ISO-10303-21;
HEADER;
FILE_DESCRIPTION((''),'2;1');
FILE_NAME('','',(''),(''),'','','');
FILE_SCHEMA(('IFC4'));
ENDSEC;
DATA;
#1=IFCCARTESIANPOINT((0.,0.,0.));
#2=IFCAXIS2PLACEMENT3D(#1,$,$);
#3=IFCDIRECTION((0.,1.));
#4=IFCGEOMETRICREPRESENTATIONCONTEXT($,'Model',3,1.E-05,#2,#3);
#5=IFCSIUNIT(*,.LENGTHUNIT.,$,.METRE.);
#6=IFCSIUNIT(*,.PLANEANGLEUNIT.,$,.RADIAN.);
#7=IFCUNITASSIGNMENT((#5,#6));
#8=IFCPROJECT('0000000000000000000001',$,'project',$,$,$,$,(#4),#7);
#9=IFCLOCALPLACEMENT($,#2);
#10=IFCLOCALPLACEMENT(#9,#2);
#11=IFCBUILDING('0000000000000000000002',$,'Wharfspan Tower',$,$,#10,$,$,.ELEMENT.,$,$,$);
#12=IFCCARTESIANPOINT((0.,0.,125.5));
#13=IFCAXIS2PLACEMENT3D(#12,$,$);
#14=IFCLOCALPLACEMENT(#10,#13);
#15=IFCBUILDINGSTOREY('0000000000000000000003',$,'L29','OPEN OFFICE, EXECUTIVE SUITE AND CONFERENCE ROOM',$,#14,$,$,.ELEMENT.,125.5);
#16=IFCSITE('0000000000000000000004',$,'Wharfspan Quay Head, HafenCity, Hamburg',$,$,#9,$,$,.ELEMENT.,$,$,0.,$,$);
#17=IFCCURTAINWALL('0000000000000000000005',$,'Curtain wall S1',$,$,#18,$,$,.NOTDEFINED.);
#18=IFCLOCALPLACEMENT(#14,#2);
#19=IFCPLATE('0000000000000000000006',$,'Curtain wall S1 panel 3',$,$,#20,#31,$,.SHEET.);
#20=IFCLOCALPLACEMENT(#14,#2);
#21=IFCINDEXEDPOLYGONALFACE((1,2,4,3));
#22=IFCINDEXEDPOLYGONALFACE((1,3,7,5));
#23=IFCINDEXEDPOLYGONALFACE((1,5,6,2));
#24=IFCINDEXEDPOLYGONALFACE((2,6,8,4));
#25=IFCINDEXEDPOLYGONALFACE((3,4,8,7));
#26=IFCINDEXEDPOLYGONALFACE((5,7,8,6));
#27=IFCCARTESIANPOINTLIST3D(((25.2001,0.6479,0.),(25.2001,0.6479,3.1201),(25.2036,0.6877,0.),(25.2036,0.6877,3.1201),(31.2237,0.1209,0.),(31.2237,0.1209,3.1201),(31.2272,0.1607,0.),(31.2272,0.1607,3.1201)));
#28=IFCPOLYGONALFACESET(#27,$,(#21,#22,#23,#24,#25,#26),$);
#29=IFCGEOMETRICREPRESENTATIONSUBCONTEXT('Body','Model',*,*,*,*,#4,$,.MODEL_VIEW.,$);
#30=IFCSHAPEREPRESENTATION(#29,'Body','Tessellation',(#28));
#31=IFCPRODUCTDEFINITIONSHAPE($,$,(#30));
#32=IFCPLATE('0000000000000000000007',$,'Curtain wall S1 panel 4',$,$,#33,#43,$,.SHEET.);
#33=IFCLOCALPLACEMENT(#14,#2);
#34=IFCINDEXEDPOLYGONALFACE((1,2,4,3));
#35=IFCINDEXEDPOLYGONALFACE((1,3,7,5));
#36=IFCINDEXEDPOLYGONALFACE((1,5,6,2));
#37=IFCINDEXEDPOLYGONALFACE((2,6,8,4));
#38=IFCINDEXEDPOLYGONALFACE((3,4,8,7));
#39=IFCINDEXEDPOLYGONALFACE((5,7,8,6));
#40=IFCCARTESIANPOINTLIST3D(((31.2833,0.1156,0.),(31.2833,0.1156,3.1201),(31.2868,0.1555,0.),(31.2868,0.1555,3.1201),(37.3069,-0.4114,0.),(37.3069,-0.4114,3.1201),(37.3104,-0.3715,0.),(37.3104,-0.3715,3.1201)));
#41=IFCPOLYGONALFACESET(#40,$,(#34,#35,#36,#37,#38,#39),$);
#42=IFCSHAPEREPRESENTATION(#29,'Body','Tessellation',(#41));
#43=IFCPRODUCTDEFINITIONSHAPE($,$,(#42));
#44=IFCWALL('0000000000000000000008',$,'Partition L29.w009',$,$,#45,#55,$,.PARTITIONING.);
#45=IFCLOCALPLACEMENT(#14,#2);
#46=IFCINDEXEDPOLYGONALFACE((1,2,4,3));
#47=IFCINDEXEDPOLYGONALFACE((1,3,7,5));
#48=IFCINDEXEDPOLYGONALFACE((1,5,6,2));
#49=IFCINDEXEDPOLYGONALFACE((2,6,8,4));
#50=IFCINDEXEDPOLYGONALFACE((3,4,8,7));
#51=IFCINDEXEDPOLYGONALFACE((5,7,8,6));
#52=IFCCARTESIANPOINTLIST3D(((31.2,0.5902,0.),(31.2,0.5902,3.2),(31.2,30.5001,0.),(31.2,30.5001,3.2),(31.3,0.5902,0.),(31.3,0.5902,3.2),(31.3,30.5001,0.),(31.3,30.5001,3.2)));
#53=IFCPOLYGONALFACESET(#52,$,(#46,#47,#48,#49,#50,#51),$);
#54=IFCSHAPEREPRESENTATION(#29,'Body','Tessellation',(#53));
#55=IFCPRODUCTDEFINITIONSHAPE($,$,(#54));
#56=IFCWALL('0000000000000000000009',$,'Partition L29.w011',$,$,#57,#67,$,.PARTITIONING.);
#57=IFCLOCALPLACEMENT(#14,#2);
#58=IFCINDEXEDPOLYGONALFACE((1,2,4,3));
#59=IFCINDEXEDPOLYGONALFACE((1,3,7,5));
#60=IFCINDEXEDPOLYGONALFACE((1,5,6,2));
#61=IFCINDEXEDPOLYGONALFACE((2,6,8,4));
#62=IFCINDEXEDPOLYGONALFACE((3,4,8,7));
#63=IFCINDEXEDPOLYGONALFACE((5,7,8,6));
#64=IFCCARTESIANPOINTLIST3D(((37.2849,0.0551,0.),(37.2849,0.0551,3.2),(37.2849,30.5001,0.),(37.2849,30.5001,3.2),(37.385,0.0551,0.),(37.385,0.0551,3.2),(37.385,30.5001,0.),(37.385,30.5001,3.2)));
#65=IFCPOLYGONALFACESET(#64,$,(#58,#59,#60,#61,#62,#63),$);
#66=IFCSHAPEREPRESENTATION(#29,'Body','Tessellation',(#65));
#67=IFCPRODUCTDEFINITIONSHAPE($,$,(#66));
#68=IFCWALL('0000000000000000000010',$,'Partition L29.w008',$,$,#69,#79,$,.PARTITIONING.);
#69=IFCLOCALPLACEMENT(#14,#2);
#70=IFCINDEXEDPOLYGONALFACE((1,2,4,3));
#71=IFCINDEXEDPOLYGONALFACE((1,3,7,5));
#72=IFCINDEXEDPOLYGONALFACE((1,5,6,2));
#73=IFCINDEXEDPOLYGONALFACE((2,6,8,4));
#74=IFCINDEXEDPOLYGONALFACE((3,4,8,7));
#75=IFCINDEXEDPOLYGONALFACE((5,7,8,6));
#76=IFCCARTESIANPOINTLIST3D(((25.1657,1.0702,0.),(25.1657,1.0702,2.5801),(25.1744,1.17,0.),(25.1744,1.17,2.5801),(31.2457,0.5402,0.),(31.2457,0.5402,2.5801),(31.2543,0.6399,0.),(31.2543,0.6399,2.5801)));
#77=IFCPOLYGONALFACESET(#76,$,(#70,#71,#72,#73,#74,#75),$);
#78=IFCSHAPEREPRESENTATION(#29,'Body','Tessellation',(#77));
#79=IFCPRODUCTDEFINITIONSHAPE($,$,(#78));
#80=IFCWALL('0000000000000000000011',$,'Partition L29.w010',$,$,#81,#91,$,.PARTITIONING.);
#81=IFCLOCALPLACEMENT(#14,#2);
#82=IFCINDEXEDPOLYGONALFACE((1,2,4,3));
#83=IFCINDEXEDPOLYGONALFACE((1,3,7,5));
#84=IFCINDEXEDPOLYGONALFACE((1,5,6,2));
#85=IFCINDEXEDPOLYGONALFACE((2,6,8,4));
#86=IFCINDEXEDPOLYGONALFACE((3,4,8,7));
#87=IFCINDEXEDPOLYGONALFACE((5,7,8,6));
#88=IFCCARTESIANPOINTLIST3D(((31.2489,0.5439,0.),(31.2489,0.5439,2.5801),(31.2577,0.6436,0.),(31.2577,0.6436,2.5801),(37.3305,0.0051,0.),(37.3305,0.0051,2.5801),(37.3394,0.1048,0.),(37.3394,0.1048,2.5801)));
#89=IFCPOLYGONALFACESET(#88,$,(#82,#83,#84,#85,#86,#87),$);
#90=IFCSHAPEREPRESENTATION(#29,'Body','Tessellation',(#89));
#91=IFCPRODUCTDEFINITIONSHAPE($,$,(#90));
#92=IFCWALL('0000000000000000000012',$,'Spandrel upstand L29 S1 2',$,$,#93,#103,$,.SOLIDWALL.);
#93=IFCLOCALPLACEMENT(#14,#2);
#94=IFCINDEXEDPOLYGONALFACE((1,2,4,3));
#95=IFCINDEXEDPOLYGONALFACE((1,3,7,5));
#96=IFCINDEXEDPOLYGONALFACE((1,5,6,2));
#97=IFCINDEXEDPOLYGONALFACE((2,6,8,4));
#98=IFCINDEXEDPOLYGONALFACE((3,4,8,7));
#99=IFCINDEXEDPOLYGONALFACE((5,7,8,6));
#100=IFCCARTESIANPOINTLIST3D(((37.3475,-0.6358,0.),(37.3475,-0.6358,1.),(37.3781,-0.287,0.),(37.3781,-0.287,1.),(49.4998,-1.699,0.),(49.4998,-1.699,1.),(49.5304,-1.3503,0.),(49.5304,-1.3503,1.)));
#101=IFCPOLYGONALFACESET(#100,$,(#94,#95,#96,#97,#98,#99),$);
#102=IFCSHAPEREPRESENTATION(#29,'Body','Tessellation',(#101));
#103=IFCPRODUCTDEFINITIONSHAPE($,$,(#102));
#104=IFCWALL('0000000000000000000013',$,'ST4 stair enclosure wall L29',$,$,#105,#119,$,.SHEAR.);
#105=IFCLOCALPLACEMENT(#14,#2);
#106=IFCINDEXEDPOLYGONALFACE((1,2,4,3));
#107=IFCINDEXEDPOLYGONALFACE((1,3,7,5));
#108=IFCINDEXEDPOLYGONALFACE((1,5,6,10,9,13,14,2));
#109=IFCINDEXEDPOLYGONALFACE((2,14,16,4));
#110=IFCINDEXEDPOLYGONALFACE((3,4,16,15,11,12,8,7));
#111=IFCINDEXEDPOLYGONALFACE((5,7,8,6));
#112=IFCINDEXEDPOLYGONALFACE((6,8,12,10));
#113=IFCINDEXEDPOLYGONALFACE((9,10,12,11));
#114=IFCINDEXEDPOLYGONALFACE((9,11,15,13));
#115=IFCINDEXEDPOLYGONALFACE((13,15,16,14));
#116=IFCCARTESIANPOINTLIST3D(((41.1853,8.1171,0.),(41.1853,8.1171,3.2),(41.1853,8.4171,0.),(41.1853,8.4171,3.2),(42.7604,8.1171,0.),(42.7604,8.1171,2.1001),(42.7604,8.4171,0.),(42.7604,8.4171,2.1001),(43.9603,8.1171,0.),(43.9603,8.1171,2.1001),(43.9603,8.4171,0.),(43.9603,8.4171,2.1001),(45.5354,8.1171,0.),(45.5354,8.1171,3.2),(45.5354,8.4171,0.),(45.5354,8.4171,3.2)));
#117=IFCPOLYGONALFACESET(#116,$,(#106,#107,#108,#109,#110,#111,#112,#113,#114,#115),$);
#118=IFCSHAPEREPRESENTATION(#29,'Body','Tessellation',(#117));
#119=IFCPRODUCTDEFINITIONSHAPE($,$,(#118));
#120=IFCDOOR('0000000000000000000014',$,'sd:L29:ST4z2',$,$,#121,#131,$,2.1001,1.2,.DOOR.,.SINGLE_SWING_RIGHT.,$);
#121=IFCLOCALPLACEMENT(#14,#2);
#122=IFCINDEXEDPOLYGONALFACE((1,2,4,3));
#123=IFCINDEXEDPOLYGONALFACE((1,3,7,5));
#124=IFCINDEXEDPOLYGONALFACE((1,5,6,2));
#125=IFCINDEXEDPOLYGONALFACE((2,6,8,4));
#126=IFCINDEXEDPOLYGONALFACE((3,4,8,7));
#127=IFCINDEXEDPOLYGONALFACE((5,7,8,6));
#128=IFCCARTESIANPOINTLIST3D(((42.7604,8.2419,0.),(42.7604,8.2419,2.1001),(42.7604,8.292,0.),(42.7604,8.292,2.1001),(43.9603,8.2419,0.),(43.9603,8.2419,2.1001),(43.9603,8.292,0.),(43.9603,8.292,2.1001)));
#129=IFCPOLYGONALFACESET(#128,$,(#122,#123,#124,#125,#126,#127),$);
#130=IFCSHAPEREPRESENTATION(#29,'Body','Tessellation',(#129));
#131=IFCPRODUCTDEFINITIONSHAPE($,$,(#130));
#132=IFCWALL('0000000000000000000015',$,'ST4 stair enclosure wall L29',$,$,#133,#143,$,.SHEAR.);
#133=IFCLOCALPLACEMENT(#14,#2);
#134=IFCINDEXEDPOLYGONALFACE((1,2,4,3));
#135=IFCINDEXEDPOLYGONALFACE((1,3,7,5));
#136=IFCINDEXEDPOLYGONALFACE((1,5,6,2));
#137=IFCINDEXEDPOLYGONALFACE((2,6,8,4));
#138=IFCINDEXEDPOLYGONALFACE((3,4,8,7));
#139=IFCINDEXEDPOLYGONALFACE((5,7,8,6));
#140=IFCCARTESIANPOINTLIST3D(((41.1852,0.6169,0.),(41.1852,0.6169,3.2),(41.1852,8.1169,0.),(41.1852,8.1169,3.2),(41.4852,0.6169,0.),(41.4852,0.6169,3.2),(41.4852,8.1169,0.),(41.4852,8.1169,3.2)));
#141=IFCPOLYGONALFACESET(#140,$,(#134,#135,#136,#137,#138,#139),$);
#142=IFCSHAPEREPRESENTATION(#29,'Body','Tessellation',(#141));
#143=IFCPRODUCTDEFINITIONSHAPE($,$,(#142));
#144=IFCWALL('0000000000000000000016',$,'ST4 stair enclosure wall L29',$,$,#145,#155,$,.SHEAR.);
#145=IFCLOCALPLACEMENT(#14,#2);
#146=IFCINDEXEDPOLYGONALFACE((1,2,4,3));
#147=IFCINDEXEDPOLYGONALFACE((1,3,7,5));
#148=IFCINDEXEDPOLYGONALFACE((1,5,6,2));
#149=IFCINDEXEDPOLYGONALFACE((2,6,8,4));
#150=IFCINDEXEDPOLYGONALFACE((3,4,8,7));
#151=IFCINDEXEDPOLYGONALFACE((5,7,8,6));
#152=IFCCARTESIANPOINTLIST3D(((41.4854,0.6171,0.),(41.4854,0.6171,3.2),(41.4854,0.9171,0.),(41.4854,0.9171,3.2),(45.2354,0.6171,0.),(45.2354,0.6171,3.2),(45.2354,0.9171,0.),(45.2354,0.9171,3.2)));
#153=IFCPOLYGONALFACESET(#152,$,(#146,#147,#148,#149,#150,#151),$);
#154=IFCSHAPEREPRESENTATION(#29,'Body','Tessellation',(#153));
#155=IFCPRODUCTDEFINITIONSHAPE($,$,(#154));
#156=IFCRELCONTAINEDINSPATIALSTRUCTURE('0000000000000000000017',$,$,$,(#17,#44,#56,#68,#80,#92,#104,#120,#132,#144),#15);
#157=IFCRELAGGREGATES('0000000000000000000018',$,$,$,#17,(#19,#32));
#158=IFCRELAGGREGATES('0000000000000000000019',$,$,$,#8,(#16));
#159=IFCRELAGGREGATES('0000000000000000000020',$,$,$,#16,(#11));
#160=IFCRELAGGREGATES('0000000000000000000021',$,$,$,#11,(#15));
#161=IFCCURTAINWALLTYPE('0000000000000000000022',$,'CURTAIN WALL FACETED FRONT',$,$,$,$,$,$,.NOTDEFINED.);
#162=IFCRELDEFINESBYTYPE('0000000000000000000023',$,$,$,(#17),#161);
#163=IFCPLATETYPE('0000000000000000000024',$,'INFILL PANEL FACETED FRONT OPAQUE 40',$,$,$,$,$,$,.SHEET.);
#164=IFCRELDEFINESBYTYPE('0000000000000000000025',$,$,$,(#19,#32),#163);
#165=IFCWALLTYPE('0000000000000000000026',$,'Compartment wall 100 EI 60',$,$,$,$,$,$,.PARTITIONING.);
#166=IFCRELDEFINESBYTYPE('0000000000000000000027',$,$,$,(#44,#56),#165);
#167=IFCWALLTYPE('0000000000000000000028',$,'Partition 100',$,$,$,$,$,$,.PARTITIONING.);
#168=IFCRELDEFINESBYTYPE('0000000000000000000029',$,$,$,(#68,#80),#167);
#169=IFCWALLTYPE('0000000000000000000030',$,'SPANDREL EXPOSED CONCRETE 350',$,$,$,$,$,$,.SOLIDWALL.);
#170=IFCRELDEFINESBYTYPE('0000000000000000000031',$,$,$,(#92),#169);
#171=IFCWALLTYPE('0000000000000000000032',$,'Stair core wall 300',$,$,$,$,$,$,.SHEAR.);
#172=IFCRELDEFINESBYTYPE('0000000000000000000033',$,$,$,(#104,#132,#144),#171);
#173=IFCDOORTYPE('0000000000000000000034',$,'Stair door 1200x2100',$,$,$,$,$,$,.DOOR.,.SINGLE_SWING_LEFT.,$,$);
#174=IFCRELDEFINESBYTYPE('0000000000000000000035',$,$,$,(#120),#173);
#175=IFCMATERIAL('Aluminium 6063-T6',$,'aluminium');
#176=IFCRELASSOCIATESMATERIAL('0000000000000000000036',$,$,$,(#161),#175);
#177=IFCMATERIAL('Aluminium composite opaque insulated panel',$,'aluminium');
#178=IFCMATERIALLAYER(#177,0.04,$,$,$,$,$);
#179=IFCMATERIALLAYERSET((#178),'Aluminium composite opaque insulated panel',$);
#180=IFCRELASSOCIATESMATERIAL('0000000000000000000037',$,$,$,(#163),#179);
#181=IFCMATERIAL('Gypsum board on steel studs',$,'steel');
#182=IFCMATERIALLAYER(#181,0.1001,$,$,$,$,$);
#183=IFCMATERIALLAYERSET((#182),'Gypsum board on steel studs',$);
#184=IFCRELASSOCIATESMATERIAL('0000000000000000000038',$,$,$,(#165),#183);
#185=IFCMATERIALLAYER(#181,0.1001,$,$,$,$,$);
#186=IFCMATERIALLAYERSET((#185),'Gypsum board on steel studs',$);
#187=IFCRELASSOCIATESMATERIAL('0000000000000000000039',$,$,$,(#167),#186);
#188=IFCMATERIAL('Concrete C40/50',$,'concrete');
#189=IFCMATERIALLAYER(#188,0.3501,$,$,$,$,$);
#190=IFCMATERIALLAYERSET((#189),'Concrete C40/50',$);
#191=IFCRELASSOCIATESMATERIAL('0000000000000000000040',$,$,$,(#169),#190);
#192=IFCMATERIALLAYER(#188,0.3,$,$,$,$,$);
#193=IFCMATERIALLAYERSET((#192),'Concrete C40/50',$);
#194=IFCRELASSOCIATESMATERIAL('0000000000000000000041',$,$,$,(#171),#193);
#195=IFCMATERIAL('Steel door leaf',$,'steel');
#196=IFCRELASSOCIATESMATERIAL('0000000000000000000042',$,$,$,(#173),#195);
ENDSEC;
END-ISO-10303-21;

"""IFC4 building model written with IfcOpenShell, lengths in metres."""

from ifc_helpers import new_model, si_unit, direction, frame, frame_2d, origin, origin_2d, place, context, subcontext, project, spatial, rectangle, extrude, material, layer, layer_set, type_object, element, fill, aggregate, save


model = new_model("IFC4")

# Units and contexts
model_context = context("Model", 3, precision=1e-05, world=origin(), true_north=direction((0.0, 1.0)))
body_context = subcontext(model_context, "Body", "Model", "MODEL_VIEW")
ifc_project = project(units=[si_unit("LENGTHUNIT", "METRE"), si_unit("PLANEANGLEUNIT", "RADIAN")], contexts=[model_context])

# Site, building, storey
site_placement = place(None, origin())
site = spatial("IfcSite", under=ifc_project, at=site_placement, Name="Wharfspan Quay Head, HafenCity, Hamburg", CompositionType="ELEMENT", RefElevation=0.0)
building_placement = place(site_placement, origin())
building = spatial("IfcBuilding", under=site, at=building_placement, Name="Wharfspan Tower", CompositionType="ELEMENT")
storey_placement = place(building_placement, frame((0.0, 0.0, 125.5)))
storey = spatial("IfcBuildingStorey", under=building, at=storey_placement, Name="L29", Description="OPEN OFFICE, EXECUTIVE SUITE AND CONFERENCE ROOM", CompositionType="ELEMENT", Elevation=125.5)

# Curtain wall
ifc_material_1 = material(Name="Aluminium 6063-T6", Category="aluminium")
curtain_wall_type = type_object("IfcCurtainWallType", Name="CURTAIN WALL FACETED FRONT", PredefinedType="NOTDEFINED", material=ifc_material_1)
curtain_wall_placement = place(storey_placement, origin())
curtain_wall = element("IfcCurtainWall", 1, at=curtain_wall_placement, inside=storey, type_object=curtain_wall_type, Name="Curtain wall S1", PredefinedType="NOTDEFINED")

# Plates
ifc_material_2 = material(Name="Aluminium composite opaque insulated panel", Category="aluminium")
ifc_layer_1 = layer(ifc_material_2, 0.04)
ifc_layer_set_1 = layer_set([ifc_layer_1], Name="Aluminium composite opaque insulated panel")
plate_type_1 = type_object("IfcPlateType", Name="INFILL PANEL FACETED FRONT OPAQUE 40", PredefinedType="SHEET", material=ifc_layer_set_1)
plate_1_placement = place(storey_placement, frame((28.2136, 0.4043, 0.0), z_axis=(0.0, 0.0, 1.0), x_axis=(0.996198, -0.087156, 0.0)))
plate_1 = element("IfcPlate", 2, at=plate_1_placement, type_object=plate_type_1, Name="Curtain wall S1 panel 3", PredefinedType="SHEET", context=body_context, shape_type="SweptSolid", body=[
    extrude(rectangle(XDim=6.0466, YDim=0.04, at=origin_2d()), origin(), (0.0, 0.0, 1.0), 3.1201),
])
plate_2_placement = place(storey_placement, frame((34.2969, -0.1279, 0.0), z_axis=(0.0, 0.0, 1.0), x_axis=(0.996198, -0.087156, 0.0)))
plate_2 = element("IfcPlate", 3, at=plate_2_placement, type_object=plate_type_1, Name="Curtain wall S1 panel 4", PredefinedType="SHEET", context=body_context, shape_type="SweptSolid", body=[
    extrude(rectangle(XDim=6.0466, YDim=0.04, at=origin_2d()), origin(), (0.0, 0.0, 1.0), 3.1201),
])
aggregate(curtain_wall, [plate_1, plate_2])

# Walls
ifc_material_3 = material(Name="Gypsum board on steel studs", Category="steel")
ifc_layer_2 = layer(ifc_material_3, 0.1001)
ifc_layer_set_2 = layer_set([ifc_layer_2], Name="Gypsum board on steel studs")
wall_type_1 = type_object("IfcWallType", Name="Compartment wall 100 EI 60", PredefinedType="PARTITIONING", material=ifc_layer_set_2)
wall_1_placement = place(storey_placement, frame((31.25, 0.5901, 0.0), z_axis=(0.0, 0.0, 1.0), x_axis=(0.0, 1.0, 0.0)))
element("IfcWall", 4, at=wall_1_placement, inside=storey, type_object=wall_type_1, Name="Partition L29.w009", PredefinedType="PARTITIONING", context=body_context, shape_type="SweptSolid", body=[
    extrude(rectangle(XDim=29.9099, YDim=0.1001, at=frame_2d((14.9551, 0.0))), origin(), (0.0, 0.0, 1.0), 3.2),
])
wall_2_placement = place(storey_placement, frame((37.335, 0.0549, 0.0), z_axis=(0.0, 0.0, 1.0), x_axis=(0.0, 1.0, 0.0)))
element("IfcWall", 5, at=wall_2_placement, inside=storey, type_object=wall_type_1, Name="Partition L29.w011", PredefinedType="PARTITIONING", context=body_context, shape_type="SweptSolid", body=[
    extrude(rectangle(XDim=30.4451, YDim=0.1001, at=frame_2d((15.2227, 0.0))), origin(), (0.0, 0.0, 1.0), 3.2),
])
ifc_layer_3 = layer(ifc_material_3, 0.1001)
ifc_layer_set_3 = layer_set([ifc_layer_3], Name="Gypsum board on steel studs")
wall_type_2 = type_object("IfcWallType", Name="Partition 100", PredefinedType="PARTITIONING", material=ifc_layer_set_3)
wall_3_placement = place(storey_placement, frame((31.25, 0.5901, 0.0), z_axis=(0.0, 0.0, 1.0), x_axis=(-0.996218, 0.086845, 0.0)))
element("IfcWall", 6, at=wall_3_placement, inside=storey, type_object=wall_type_2, Name="Partition L29.w008", PredefinedType="PARTITIONING", context=body_context, shape_type="SweptSolid", body=[
    extrude(rectangle(XDim=6.103, YDim=0.1001, at=frame_2d((3.0515, 0.0))), origin(), (0.0, 0.0, 1.0), 2.5801),
])
wall_4_placement = place(storey_placement, frame((37.335, 0.0549, 0.0), z_axis=(0.0, 0.0, 1.0), x_axis=(-0.996095, 0.088253, 0.0)))
element("IfcWall", 7, at=wall_4_placement, inside=storey, type_object=wall_type_2, Name="Partition L29.w010", PredefinedType="PARTITIONING", context=body_context, shape_type="SweptSolid", body=[
    extrude(rectangle(XDim=6.1055, YDim=0.1001, at=frame_2d((3.0527, 0.0))), origin(), (0.0, 0.0, 1.0), 2.5801),
])
ifc_material_4 = material(Name="Concrete C40/50", Category="concrete")
ifc_layer_4 = layer(ifc_material_4, 0.3501)
ifc_layer_set_4 = layer_set([ifc_layer_4], Name="Concrete C40/50")
wall_type_3 = type_object("IfcWallType", Name="SPANDREL EXPOSED CONCRETE 350", PredefinedType="SOLIDWALL", material=ifc_layer_set_4)
wall_5_placement = place(storey_placement, frame((37.3628, -0.4614, 0.0), z_axis=(0.0, 0.0, 1.0), x_axis=(0.996194, -0.087159, 0.0)))
element("IfcWall", 8, at=wall_5_placement, inside=storey, type_object=wall_type_3, Name="Spandrel upstand L29 S1 2", PredefinedType="SOLIDWALL", context=body_context, shape_type="SweptSolid", body=[
    extrude(rectangle(XDim=12.1987, YDim=0.3501, at=frame_2d((6.0994, 0.0))), origin(), (0.0, 0.0, 1.0), 1.0),
])

# Wall, opening, door
ifc_layer_5 = layer(ifc_material_4, 0.3)
ifc_layer_set_5 = layer_set([ifc_layer_5], Name="Concrete C40/50")
wall_type_4 = type_object("IfcWallType", Name="Stair core wall 300", PredefinedType="SHEAR", material=ifc_layer_set_5)
wall_6_placement = place(storey_placement, frame((41.1853, 8.2671, 0.0), z_axis=(0.0, 0.0, 1.0), x_axis=(1.0, 0.0, 0.0)))
wall_6 = element("IfcWall", 9, at=wall_6_placement, inside=storey, type_object=wall_type_4, Name="ST4 stair enclosure wall L29", PredefinedType="SHEAR", context=body_context, shape_type="SweptSolid", body=[
    extrude(rectangle(XDim=4.3501, YDim=0.3, at=frame_2d((2.175, 0.0))), origin(), (0.0, 0.0, 1.0), 3.2),
])
opening_placement = place(wall_6_placement, frame((1.575, 0.0, 0.0)))
opening = element("IfcOpeningElement", 10, at=opening_placement, cuts=wall_6, PredefinedType="OPENING", context=body_context, shape_type="SweptSolid", body=[
    extrude(rectangle(XDim=1.2, YDim=2.1001, at=frame_2d((0.6001, 1.05))), frame((0.0, 0.1599, 0.0), z_axis=(0.0, -1.0, 0.0), x_axis=(1.0, 0.0, 0.0)), (0.0, 0.0, 1.0), 0.3201),
])
ifc_material_5 = material(Name="Steel door leaf", Category="steel")
door_type = type_object("IfcDoorType", Name="Stair door 1200x2100", OperationType="SINGLE_SWING_LEFT", PredefinedType="DOOR", material=ifc_material_5)
door_placement = place(opening_placement, origin())
door = element("IfcDoor", 11, at=door_placement, inside=storey, type_object=door_type, Name="sd:L29:ST4z2", OperationType="SINGLE_SWING_RIGHT", OverallHeight=2.1001, OverallWidth=1.2, PredefinedType="DOOR", context=body_context, shape_type="SweptSolid", body=[
    extrude(rectangle(XDim=1.2, YDim=2.1001, at=frame_2d((0.6001, 1.05))), frame((0.0, 0.0249, 0.0), z_axis=(0.0, -1.0, 0.0), x_axis=(1.0, 0.0, 0.0)), (0.0, 0.0, 1.0), 0.05),
])
fill(opening, door)

# Walls
wall_7_placement = place(storey_placement, frame((41.3352, 0.6169, 0.0), z_axis=(0.0, 0.0, 1.0), x_axis=(0.0, 1.0, 0.0)))
element("IfcWall", 12, at=wall_7_placement, inside=storey, type_object=wall_type_4, Name="ST4 stair enclosure wall L29", PredefinedType="SHEAR", context=body_context, shape_type="SweptSolid", body=[
    extrude(rectangle(XDim=7.5, YDim=0.3, at=frame_2d((3.75, 0.0))), origin(), (0.0, 0.0, 1.0), 3.2),
])
wall_8_placement = place(storey_placement, frame((41.4854, 0.7671, 0.0), z_axis=(0.0, 0.0, 1.0), x_axis=(1.0, 0.0, 0.0)))
element("IfcWall", 13, at=wall_8_placement, inside=storey, type_object=wall_type_4, Name="ST4 stair enclosure wall L29", PredefinedType="SHEAR", context=body_context, shape_type="SweptSolid", body=[
    extrude(rectangle(XDim=3.75, YDim=0.3, at=frame_2d((1.875, 0.0))), origin(), (0.0, 0.0, 1.0), 3.2),
])

save(model, "model.ifc")
